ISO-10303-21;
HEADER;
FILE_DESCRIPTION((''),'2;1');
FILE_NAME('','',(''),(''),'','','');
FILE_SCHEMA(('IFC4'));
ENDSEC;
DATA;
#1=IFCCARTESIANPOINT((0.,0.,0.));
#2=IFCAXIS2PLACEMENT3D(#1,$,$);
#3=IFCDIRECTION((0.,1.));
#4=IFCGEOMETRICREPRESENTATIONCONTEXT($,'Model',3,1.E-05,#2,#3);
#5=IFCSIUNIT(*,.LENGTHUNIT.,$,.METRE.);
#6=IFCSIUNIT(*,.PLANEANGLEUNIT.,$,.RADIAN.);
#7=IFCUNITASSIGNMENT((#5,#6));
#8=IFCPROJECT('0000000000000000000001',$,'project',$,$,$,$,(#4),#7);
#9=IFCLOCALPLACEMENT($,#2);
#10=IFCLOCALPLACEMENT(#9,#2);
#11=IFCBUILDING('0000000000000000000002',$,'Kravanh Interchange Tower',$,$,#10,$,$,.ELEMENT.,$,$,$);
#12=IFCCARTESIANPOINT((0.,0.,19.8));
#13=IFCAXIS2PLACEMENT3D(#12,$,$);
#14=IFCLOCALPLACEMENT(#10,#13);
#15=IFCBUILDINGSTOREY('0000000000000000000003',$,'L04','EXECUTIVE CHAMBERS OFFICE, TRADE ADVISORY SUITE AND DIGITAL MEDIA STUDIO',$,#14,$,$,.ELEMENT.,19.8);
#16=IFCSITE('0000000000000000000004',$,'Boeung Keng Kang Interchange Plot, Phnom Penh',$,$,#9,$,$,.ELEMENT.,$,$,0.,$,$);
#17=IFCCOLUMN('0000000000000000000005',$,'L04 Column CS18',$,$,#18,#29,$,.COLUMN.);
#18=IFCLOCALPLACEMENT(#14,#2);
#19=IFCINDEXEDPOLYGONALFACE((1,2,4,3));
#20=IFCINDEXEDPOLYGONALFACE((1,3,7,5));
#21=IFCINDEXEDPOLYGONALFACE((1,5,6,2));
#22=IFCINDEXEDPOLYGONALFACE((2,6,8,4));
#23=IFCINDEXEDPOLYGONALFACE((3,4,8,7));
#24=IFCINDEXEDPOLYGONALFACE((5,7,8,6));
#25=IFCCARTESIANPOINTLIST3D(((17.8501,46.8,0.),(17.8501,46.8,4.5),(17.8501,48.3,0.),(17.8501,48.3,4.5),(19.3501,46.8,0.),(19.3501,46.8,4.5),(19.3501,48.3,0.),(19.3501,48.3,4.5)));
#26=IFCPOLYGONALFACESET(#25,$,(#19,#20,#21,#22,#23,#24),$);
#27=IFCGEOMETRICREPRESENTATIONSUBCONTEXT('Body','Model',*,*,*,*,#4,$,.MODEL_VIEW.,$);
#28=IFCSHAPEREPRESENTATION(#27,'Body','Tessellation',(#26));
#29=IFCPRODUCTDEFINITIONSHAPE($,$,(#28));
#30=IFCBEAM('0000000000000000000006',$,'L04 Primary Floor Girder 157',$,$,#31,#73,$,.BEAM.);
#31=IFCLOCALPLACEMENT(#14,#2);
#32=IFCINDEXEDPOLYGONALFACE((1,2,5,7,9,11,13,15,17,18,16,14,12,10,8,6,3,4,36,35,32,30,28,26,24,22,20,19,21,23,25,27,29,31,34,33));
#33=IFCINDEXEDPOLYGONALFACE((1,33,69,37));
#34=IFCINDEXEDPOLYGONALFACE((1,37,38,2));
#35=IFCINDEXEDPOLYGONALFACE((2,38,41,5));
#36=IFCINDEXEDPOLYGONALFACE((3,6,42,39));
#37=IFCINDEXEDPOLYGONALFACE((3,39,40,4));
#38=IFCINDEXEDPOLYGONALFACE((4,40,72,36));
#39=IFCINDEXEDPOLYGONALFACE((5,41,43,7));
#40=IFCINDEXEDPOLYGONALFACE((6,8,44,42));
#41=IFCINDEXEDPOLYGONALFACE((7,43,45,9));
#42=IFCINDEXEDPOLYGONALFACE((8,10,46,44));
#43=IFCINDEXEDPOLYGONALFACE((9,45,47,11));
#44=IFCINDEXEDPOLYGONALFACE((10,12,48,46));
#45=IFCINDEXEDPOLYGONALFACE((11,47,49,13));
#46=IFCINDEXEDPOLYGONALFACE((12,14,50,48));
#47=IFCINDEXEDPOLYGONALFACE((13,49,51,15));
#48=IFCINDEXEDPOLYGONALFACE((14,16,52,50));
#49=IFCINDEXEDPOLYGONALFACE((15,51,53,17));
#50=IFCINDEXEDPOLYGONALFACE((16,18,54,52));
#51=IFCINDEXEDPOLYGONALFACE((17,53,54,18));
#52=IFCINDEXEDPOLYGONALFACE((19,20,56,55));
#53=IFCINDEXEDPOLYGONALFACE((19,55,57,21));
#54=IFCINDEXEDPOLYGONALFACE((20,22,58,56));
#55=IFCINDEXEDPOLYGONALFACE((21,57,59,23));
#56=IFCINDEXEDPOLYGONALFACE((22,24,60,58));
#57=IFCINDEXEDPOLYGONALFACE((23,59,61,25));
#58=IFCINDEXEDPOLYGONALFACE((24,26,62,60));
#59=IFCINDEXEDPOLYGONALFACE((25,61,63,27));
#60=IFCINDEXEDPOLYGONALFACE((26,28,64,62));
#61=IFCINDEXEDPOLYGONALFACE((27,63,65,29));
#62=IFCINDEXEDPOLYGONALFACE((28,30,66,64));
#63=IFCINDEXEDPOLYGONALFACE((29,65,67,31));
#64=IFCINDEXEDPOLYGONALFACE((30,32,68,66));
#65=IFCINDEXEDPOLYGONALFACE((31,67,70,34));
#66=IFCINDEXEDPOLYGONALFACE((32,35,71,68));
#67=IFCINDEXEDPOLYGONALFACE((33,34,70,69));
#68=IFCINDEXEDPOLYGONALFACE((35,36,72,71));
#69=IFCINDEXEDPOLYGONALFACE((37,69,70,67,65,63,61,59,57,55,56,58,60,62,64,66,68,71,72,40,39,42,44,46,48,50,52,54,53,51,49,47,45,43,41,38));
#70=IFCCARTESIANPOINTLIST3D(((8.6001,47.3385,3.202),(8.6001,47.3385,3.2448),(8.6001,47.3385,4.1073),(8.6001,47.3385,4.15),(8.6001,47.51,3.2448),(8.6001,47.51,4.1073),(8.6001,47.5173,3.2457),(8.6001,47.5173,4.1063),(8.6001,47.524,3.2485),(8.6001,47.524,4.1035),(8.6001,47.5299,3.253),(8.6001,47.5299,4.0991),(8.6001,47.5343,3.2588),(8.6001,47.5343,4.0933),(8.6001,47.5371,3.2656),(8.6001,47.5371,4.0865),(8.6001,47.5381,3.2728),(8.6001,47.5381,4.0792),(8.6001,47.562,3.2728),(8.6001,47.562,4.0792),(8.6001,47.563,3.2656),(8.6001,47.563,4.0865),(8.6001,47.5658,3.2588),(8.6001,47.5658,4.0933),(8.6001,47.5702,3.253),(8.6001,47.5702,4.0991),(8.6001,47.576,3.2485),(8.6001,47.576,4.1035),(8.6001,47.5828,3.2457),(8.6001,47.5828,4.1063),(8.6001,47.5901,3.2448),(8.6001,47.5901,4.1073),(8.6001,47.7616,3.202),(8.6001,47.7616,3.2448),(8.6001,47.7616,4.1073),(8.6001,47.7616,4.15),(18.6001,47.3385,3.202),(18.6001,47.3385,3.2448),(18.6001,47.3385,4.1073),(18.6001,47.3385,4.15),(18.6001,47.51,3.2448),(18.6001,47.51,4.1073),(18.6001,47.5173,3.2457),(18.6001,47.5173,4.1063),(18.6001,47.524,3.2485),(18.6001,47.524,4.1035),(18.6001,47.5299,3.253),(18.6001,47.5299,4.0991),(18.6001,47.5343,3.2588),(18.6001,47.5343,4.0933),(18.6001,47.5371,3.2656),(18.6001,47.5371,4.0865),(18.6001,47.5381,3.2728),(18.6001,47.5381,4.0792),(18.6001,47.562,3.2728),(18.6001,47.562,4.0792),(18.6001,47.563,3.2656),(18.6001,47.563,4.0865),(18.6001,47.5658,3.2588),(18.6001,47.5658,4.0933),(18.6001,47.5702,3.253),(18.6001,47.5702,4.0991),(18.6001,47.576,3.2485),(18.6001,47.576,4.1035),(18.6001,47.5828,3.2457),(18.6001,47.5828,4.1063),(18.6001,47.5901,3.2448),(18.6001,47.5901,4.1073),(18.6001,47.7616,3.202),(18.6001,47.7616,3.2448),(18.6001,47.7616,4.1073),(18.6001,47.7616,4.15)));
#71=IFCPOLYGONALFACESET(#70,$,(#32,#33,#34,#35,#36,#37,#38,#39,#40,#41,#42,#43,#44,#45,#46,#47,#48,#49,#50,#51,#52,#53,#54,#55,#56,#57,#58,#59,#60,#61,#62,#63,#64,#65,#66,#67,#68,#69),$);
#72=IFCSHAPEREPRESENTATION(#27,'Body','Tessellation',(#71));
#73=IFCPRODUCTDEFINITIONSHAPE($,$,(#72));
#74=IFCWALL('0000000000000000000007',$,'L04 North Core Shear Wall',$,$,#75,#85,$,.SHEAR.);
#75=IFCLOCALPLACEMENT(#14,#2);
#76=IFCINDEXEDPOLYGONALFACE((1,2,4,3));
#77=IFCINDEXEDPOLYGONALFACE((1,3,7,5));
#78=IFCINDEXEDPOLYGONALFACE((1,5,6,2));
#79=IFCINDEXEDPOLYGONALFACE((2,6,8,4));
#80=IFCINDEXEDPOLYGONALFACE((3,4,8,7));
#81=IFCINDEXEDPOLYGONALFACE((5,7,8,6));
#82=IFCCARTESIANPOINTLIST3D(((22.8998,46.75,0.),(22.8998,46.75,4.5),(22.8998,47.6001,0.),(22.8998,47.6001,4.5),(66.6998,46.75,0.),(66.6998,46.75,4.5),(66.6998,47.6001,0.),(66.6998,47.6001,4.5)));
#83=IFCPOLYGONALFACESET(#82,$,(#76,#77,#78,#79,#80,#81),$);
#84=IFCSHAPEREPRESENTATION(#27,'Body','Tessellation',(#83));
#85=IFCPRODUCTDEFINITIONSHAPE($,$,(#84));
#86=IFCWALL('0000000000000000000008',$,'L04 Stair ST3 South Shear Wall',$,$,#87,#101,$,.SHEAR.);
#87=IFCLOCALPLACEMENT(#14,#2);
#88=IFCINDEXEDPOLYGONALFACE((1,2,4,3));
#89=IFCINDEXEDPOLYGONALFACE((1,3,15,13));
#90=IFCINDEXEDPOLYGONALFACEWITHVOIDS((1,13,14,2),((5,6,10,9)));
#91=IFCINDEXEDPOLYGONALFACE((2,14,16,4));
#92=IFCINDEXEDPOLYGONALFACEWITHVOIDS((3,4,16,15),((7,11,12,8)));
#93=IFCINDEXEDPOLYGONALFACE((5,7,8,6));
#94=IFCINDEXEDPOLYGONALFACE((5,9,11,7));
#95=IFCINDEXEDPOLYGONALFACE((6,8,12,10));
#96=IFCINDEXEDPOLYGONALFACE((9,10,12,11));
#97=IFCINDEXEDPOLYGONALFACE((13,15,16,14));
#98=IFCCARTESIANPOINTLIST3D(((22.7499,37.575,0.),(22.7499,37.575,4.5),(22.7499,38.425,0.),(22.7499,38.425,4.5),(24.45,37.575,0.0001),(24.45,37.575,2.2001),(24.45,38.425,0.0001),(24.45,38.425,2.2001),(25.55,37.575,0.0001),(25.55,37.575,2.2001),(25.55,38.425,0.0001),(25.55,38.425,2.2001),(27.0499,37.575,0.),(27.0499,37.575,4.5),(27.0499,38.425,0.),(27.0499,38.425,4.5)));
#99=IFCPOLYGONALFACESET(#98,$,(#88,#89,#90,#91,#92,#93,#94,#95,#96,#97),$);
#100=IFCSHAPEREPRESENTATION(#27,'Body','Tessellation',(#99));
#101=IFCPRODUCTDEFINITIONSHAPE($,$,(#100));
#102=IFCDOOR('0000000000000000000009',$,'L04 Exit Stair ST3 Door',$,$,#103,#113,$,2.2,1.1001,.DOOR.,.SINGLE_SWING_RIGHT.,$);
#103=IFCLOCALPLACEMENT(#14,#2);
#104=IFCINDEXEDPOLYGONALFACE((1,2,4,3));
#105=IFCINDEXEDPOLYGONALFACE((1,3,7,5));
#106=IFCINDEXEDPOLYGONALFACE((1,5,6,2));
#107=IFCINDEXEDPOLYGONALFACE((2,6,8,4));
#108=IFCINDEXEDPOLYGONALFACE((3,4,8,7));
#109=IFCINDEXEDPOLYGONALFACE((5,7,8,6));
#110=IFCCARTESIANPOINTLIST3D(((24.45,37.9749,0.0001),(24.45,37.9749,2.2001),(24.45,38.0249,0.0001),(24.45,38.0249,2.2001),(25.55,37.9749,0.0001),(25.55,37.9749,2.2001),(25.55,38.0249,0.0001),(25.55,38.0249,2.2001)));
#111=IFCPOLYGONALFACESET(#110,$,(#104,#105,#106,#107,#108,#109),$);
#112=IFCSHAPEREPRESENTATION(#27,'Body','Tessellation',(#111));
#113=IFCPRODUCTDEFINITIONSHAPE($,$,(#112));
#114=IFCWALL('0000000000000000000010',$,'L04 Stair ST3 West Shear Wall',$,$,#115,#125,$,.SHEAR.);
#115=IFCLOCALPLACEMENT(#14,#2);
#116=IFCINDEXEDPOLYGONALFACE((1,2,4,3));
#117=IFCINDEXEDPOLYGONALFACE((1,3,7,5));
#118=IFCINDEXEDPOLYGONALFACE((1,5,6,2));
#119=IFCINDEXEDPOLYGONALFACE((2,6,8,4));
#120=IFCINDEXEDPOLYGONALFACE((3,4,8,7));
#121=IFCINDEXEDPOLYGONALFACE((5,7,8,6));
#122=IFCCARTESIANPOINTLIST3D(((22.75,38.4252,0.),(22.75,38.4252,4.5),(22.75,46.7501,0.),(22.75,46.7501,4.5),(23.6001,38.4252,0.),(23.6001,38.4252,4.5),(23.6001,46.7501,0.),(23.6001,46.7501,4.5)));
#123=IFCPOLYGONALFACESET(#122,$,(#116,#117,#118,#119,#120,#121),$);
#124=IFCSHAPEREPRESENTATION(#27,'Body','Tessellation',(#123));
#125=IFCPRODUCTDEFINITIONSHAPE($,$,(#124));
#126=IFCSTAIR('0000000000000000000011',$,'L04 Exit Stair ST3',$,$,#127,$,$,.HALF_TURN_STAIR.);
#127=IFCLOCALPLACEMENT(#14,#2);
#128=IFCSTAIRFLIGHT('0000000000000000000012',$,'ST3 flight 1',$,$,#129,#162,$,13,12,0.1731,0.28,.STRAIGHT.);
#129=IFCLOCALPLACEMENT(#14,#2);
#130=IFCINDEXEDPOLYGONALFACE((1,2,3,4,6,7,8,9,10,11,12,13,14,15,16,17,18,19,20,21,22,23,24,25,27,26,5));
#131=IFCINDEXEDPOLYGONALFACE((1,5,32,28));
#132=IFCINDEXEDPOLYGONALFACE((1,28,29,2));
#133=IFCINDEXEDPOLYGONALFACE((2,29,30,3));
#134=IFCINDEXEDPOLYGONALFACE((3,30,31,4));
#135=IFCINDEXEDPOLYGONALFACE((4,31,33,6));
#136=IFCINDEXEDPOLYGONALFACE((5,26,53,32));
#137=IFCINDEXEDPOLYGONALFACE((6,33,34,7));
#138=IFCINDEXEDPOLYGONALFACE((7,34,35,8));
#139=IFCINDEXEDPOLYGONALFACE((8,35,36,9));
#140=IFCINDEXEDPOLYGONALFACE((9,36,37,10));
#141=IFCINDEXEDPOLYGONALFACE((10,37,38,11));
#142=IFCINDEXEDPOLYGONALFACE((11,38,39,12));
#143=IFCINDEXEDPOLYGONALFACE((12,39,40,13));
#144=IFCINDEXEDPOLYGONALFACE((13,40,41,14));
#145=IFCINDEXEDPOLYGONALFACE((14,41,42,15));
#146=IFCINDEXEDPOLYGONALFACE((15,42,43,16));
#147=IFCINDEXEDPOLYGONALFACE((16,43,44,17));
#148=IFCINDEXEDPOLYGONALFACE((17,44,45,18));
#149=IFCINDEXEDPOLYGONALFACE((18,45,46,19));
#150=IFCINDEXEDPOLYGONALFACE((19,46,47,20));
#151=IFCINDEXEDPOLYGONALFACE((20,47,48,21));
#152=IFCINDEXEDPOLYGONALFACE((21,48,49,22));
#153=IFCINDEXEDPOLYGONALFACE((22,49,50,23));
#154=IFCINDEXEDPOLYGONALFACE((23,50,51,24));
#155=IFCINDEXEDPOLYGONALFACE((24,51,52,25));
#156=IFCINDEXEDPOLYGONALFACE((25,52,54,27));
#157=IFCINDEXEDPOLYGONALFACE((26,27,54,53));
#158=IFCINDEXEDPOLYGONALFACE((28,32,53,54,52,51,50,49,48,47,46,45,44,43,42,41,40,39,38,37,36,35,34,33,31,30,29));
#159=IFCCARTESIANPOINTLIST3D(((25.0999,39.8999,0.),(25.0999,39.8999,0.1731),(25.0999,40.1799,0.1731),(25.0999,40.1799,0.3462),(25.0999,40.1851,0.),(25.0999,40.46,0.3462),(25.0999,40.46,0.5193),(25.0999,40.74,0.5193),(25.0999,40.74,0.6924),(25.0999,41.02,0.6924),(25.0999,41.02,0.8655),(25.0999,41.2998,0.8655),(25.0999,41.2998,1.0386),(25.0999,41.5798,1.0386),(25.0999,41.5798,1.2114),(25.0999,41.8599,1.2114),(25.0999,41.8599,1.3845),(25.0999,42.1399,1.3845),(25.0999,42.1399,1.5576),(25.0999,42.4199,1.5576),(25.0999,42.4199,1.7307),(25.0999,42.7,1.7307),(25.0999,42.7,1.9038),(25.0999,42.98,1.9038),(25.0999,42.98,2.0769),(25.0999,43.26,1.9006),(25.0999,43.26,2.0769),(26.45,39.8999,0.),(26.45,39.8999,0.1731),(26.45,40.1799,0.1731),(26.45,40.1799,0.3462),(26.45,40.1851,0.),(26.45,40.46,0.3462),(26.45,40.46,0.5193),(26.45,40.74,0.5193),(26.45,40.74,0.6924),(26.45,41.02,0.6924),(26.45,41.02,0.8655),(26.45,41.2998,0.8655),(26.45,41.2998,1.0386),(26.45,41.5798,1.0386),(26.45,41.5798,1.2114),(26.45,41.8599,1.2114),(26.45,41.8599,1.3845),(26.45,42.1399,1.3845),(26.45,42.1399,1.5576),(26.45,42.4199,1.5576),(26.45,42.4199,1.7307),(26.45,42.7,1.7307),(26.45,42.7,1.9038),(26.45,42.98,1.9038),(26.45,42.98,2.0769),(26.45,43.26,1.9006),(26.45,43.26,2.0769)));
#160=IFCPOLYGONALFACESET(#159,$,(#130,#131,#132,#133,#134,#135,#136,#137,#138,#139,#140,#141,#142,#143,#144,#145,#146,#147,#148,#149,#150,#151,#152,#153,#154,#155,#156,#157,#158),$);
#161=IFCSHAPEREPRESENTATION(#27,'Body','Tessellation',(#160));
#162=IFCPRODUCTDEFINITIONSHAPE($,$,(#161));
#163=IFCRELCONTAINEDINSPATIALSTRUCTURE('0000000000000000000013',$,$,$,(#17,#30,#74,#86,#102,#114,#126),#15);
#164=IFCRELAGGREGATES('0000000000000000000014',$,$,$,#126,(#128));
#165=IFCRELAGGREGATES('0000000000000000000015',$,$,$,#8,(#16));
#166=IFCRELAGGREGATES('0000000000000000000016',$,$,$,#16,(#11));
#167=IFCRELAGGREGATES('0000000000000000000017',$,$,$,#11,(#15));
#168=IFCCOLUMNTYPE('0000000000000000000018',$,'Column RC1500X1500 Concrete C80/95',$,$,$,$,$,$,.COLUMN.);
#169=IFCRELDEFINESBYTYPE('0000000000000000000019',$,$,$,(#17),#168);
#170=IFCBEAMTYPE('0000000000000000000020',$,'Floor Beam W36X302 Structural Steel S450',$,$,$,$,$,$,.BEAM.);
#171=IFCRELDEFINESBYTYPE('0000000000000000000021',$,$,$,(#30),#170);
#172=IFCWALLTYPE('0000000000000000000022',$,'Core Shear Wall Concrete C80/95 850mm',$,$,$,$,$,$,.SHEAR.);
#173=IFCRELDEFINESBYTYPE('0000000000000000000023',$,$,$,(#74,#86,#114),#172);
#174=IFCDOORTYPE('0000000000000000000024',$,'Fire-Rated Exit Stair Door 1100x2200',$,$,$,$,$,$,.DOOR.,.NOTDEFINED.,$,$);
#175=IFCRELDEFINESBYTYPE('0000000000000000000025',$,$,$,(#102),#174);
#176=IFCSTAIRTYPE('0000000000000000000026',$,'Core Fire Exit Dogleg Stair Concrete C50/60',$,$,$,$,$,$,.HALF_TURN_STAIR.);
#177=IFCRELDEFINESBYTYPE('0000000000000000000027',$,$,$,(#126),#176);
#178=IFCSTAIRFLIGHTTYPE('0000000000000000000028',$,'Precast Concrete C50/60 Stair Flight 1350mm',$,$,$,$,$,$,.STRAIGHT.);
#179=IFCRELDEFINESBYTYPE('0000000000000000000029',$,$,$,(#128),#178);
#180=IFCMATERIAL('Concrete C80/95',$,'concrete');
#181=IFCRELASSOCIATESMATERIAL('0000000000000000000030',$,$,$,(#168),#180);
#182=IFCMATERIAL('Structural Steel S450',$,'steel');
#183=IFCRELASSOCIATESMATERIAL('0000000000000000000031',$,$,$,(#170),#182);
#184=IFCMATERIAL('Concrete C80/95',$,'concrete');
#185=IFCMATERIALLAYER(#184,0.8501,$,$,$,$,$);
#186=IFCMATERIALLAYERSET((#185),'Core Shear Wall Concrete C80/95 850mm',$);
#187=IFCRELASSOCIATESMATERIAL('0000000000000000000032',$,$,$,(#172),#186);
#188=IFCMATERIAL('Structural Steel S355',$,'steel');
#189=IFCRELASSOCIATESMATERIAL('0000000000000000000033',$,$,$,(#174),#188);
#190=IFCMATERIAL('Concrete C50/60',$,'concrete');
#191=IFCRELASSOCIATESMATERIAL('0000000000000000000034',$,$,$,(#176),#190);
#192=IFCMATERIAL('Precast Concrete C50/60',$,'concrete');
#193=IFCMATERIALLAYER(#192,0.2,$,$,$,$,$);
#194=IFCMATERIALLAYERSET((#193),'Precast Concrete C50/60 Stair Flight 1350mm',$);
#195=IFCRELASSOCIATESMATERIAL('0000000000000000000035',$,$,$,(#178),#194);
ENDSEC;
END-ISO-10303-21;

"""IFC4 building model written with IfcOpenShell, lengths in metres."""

from ifc_helpers import new_model, si_unit, direction, frame, frame_2d, origin, origin_2d, place, context, subcontext, project, spatial, polyline, rectangle, i_section, outline, extrude, material, layer, layer_set, material_profile, profile_set, type_object, element, fill, aggregate, save


model = new_model("IFC4")

# Units and contexts
model_context = context("Model", 3, precision=1e-05, world=origin(), true_north=direction((0.0, 1.0)))
body_context = subcontext(model_context, "Body", "Model", "MODEL_VIEW")
ifc_project = project(units=[si_unit("LENGTHUNIT", "METRE"), si_unit("PLANEANGLEUNIT", "RADIAN")], contexts=[model_context])

# Site, building, storey
site_placement = place(None, origin())
site = spatial("IfcSite", under=ifc_project, at=site_placement, Name="Boeung Keng Kang Interchange Plot, Phnom Penh", CompositionType="ELEMENT", RefElevation=0.0)
building_placement = place(site_placement, origin())
building = spatial("IfcBuilding", under=site, at=building_placement, Name="Kravanh Interchange Tower", CompositionType="ELEMENT")
storey_placement = place(building_placement, frame((0.0, 0.0, 19.8)))
storey = spatial("IfcBuildingStorey", under=building, at=storey_placement, Name="L04", Description="EXECUTIVE CHAMBERS OFFICE, TRADE ADVISORY SUITE AND DIGITAL MEDIA STUDIO", CompositionType="ELEMENT", Elevation=19.8)

# Column
ifc_material_1 = material(Name="Concrete C80/95", Category="concrete")
ifc_material_profile_1 = material_profile(ifc_material_1, rectangle(XDim=1.5, YDim=1.5, at=origin_2d()), Name="RC1500X1500")
ifc_profile_set_1 = profile_set([ifc_material_profile_1], Name="Concrete C80/95")
column_type = type_object("IfcColumnType", Name="Column RC1500X1500 Concrete C80/95", PredefinedType="COLUMN", material=ifc_profile_set_1)
column_placement = place(storey_placement, frame((18.6001, 47.55, 0.0), z_axis=(0.0, 0.0, 1.0), x_axis=(1.0, 0.0, 0.0)))
element("IfcColumn", 1, at=column_placement, inside=storey, type_object=column_type, Name="L04 Column CS18", PredefinedType="COLUMN", context=body_context, shape_type="SweptSolid", body=[
    extrude(rectangle(XDim=1.5, YDim=1.5, at=origin_2d()), origin(), (0.0, 0.0, 1.0), 4.5),
])

# Beam
ifc_material_2 = material(Name="Structural Steel S450", Category="steel")
ifc_material_profile_2 = material_profile(ifc_material_2, i_section(OverallWidth=0.4231, OverallDepth=0.948, WebThickness=0.0239, FlangeThickness=0.0427, FilletRadius=0.0281, at=origin_2d()), Name="W36X302")
ifc_profile_set_2 = profile_set([ifc_material_profile_2], Name="Structural Steel S450")
beam_type = type_object("IfcBeamType", Name="Floor Beam W36X302 Structural Steel S450", PredefinedType="BEAM", material=ifc_profile_set_2)
beam_placement = place(storey_placement, frame((18.6001, 47.55, 3.676), z_axis=(-1.0, 0.0, 0.0), x_axis=(0.0, -1.0, 0.0)))
element("IfcBeam", 2, at=beam_placement, inside=storey, type_object=beam_type, Name="L04 Primary Floor Girder 157", PredefinedType="BEAM", context=body_context, shape_type="SweptSolid", body=[
    extrude(i_section(OverallWidth=0.4231, OverallDepth=0.948, WebThickness=0.0239, FlangeThickness=0.0427, FilletRadius=0.0281, at=origin_2d()), origin(), (0.0, 0.0, 1.0), 10.0),
])

# Wall
ifc_material_3 = material(Name="Concrete C80/95", Category="concrete")
ifc_layer_1 = layer(ifc_material_3, 0.8501)
ifc_layer_set_1 = layer_set([ifc_layer_1], Name="Core Shear Wall Concrete C80/95 850mm")
wall_type = type_object("IfcWallType", Name="Core Shear Wall Concrete C80/95 850mm", PredefinedType="SHEAR", material=ifc_layer_set_1)
wall_1_placement = place(storey_placement, frame((22.8999, 47.175, 0.0), z_axis=(0.0, 0.0, 1.0), x_axis=(1.0, 0.0, 0.0)))
element("IfcWall", 3, at=wall_1_placement, inside=storey, type_object=wall_type, Name="L04 North Core Shear Wall", PredefinedType="SHEAR", context=body_context, shape_type="SweptSolid", body=[
    extrude(rectangle(XDim=43.8, YDim=0.8501, at=frame_2d((21.8999, 0.0))), origin(), (0.0, 0.0, 1.0), 4.5),
])

# Wall, opening, door
wall_2_placement = place(storey_placement, frame((22.75, 38.0, 0.0), z_axis=(0.0, 0.0, 1.0), x_axis=(1.0, 0.0, 0.0)))
wall_2 = element("IfcWall", 4, at=wall_2_placement, inside=storey, type_object=wall_type, Name="L04 Stair ST3 South Shear Wall", PredefinedType="SHEAR", context=body_context, shape_type="SweptSolid", body=[
    extrude(rectangle(XDim=4.3, YDim=0.8501, at=frame_2d((2.1499, 0.0))), origin(), (0.0, 0.0, 1.0), 4.5),
])
opening_placement = place(wall_2_placement, frame((1.7, 0.0, 0.0)))
opening = element("IfcOpeningElement", 5, at=opening_placement, cuts=wall_2, PredefinedType="OPENING", context=body_context, shape_type="SweptSolid", body=[
    extrude(rectangle(XDim=1.1001, YDim=2.2, at=frame_2d((0.55, 1.1001))), frame((0.0, 0.4351, 0.0), z_axis=(0.0, -1.0, 0.0), x_axis=(1.0, 0.0, 0.0)), (0.0, 0.0, 1.0), 0.8701),
])
ifc_material_4 = material(Name="Structural Steel S355", Category="steel")
door_type = type_object("IfcDoorType", Name="Fire-Rated Exit Stair Door 1100x2200", OperationType="NOTDEFINED", PredefinedType="DOOR", material=ifc_material_4)
door_placement = place(opening_placement, origin())
door = element("IfcDoor", 6, at=door_placement, inside=storey, type_object=door_type, Name="L04 Exit Stair ST3 Door", OperationType="SINGLE_SWING_RIGHT", OverallHeight=2.2, OverallWidth=1.1001, PredefinedType="DOOR", context=body_context, shape_type="SweptSolid", body=[
    extrude(rectangle(XDim=1.1001, YDim=2.2, at=frame_2d((0.55, 1.1001))), frame((0.0, 0.0249, 0.0), z_axis=(0.0, -1.0, 0.0), x_axis=(1.0, 0.0, 0.0)), (0.0, 0.0, 1.0), 0.05),
])
fill(opening, door)

# Wall
wall_3_placement = place(storey_placement, frame((23.175, 38.425, 0.0), z_axis=(0.0, 0.0, 1.0), x_axis=(0.0, 1.0, 0.0)))
element("IfcWall", 7, at=wall_3_placement, inside=storey, type_object=wall_type, Name="L04 Stair ST3 West Shear Wall", PredefinedType="SHEAR", context=body_context, shape_type="SweptSolid", body=[
    extrude(rectangle(XDim=8.325, YDim=0.8501, at=frame_2d((4.1626, 0.0))), origin(), (0.0, 0.0, 1.0), 4.5),
])

# Stair, stair flight
ifc_material_5 = material(Name="Concrete C50/60", Category="concrete")
stair_type = type_object("IfcStairType", Name="Core Fire Exit Dogleg Stair Concrete C50/60", PredefinedType="HALF_TURN_STAIR", material=ifc_material_5)
stair_placement = place(storey_placement, origin())
stair = element("IfcStair", 8, at=stair_placement, inside=storey, type_object=stair_type, Name="L04 Exit Stair ST3", PredefinedType="HALF_TURN_STAIR")
ifc_material_6 = material(Name="Precast Concrete C50/60", Category="concrete")
ifc_layer_2 = layer(ifc_material_6, 0.2)
ifc_layer_set_2 = layer_set([ifc_layer_2], Name="Precast Concrete C50/60 Stair Flight 1350mm")
stair_flight_type = type_object("IfcStairFlightType", Name="Precast Concrete C50/60 Stair Flight 1350mm", PredefinedType="STRAIGHT", material=ifc_layer_set_2)
stair_flight_1_placement = place(storey_placement, frame((25.7749, 39.8999, 0.0), z_axis=(0.0, 0.0, 1.0), x_axis=(0.0, 1.0, 0.0)))
stair_flight_1 = element("IfcStairFlight", 9, at=stair_flight_1_placement, type_object=stair_flight_type, Name="ST3 flight 1", NumberOfRisers=13, NumberOfTreads=12, PredefinedType="STRAIGHT", RiserHeight=0.1731, TreadLength=0.28, context=body_context, shape_type="SweptSolid", body=[
    extrude(outline(polyline([(0.0, 0.0), (0.0, 0.1731), (0.28, 0.1731), (0.28, 0.3462), (0.5601, 0.3462), (0.5601, 0.5193), (0.8401, 0.5193), (0.8401, 0.6924), (1.1201, 0.6924), (1.1201, 0.8655), (1.3999, 0.8655), (1.3999, 1.0386), (1.6799, 1.0386), (1.6799, 1.2114), (1.96, 1.2114), (1.96, 1.3845), (2.24, 1.3845), (2.24, 1.5576), (2.52, 1.5576), (2.52, 1.7307), (2.8, 1.7307), (2.8, 1.9038), (3.0801, 1.9038), (3.0801, 2.0769), (3.3601, 2.0769), (3.3601, 2.25), (3.3601, 1.9006), (0.2852, 0.0), (0.0, 0.0)])), frame((0.0, 0.675, 0.0), z_axis=(0.0, -1.0, 0.0), x_axis=(1.0, 0.0, 0.0)), (0.0, 0.0, 1.0), 1.3501),
])
aggregate(stair, [stair_flight_1])

save(model, "model.ifc")
